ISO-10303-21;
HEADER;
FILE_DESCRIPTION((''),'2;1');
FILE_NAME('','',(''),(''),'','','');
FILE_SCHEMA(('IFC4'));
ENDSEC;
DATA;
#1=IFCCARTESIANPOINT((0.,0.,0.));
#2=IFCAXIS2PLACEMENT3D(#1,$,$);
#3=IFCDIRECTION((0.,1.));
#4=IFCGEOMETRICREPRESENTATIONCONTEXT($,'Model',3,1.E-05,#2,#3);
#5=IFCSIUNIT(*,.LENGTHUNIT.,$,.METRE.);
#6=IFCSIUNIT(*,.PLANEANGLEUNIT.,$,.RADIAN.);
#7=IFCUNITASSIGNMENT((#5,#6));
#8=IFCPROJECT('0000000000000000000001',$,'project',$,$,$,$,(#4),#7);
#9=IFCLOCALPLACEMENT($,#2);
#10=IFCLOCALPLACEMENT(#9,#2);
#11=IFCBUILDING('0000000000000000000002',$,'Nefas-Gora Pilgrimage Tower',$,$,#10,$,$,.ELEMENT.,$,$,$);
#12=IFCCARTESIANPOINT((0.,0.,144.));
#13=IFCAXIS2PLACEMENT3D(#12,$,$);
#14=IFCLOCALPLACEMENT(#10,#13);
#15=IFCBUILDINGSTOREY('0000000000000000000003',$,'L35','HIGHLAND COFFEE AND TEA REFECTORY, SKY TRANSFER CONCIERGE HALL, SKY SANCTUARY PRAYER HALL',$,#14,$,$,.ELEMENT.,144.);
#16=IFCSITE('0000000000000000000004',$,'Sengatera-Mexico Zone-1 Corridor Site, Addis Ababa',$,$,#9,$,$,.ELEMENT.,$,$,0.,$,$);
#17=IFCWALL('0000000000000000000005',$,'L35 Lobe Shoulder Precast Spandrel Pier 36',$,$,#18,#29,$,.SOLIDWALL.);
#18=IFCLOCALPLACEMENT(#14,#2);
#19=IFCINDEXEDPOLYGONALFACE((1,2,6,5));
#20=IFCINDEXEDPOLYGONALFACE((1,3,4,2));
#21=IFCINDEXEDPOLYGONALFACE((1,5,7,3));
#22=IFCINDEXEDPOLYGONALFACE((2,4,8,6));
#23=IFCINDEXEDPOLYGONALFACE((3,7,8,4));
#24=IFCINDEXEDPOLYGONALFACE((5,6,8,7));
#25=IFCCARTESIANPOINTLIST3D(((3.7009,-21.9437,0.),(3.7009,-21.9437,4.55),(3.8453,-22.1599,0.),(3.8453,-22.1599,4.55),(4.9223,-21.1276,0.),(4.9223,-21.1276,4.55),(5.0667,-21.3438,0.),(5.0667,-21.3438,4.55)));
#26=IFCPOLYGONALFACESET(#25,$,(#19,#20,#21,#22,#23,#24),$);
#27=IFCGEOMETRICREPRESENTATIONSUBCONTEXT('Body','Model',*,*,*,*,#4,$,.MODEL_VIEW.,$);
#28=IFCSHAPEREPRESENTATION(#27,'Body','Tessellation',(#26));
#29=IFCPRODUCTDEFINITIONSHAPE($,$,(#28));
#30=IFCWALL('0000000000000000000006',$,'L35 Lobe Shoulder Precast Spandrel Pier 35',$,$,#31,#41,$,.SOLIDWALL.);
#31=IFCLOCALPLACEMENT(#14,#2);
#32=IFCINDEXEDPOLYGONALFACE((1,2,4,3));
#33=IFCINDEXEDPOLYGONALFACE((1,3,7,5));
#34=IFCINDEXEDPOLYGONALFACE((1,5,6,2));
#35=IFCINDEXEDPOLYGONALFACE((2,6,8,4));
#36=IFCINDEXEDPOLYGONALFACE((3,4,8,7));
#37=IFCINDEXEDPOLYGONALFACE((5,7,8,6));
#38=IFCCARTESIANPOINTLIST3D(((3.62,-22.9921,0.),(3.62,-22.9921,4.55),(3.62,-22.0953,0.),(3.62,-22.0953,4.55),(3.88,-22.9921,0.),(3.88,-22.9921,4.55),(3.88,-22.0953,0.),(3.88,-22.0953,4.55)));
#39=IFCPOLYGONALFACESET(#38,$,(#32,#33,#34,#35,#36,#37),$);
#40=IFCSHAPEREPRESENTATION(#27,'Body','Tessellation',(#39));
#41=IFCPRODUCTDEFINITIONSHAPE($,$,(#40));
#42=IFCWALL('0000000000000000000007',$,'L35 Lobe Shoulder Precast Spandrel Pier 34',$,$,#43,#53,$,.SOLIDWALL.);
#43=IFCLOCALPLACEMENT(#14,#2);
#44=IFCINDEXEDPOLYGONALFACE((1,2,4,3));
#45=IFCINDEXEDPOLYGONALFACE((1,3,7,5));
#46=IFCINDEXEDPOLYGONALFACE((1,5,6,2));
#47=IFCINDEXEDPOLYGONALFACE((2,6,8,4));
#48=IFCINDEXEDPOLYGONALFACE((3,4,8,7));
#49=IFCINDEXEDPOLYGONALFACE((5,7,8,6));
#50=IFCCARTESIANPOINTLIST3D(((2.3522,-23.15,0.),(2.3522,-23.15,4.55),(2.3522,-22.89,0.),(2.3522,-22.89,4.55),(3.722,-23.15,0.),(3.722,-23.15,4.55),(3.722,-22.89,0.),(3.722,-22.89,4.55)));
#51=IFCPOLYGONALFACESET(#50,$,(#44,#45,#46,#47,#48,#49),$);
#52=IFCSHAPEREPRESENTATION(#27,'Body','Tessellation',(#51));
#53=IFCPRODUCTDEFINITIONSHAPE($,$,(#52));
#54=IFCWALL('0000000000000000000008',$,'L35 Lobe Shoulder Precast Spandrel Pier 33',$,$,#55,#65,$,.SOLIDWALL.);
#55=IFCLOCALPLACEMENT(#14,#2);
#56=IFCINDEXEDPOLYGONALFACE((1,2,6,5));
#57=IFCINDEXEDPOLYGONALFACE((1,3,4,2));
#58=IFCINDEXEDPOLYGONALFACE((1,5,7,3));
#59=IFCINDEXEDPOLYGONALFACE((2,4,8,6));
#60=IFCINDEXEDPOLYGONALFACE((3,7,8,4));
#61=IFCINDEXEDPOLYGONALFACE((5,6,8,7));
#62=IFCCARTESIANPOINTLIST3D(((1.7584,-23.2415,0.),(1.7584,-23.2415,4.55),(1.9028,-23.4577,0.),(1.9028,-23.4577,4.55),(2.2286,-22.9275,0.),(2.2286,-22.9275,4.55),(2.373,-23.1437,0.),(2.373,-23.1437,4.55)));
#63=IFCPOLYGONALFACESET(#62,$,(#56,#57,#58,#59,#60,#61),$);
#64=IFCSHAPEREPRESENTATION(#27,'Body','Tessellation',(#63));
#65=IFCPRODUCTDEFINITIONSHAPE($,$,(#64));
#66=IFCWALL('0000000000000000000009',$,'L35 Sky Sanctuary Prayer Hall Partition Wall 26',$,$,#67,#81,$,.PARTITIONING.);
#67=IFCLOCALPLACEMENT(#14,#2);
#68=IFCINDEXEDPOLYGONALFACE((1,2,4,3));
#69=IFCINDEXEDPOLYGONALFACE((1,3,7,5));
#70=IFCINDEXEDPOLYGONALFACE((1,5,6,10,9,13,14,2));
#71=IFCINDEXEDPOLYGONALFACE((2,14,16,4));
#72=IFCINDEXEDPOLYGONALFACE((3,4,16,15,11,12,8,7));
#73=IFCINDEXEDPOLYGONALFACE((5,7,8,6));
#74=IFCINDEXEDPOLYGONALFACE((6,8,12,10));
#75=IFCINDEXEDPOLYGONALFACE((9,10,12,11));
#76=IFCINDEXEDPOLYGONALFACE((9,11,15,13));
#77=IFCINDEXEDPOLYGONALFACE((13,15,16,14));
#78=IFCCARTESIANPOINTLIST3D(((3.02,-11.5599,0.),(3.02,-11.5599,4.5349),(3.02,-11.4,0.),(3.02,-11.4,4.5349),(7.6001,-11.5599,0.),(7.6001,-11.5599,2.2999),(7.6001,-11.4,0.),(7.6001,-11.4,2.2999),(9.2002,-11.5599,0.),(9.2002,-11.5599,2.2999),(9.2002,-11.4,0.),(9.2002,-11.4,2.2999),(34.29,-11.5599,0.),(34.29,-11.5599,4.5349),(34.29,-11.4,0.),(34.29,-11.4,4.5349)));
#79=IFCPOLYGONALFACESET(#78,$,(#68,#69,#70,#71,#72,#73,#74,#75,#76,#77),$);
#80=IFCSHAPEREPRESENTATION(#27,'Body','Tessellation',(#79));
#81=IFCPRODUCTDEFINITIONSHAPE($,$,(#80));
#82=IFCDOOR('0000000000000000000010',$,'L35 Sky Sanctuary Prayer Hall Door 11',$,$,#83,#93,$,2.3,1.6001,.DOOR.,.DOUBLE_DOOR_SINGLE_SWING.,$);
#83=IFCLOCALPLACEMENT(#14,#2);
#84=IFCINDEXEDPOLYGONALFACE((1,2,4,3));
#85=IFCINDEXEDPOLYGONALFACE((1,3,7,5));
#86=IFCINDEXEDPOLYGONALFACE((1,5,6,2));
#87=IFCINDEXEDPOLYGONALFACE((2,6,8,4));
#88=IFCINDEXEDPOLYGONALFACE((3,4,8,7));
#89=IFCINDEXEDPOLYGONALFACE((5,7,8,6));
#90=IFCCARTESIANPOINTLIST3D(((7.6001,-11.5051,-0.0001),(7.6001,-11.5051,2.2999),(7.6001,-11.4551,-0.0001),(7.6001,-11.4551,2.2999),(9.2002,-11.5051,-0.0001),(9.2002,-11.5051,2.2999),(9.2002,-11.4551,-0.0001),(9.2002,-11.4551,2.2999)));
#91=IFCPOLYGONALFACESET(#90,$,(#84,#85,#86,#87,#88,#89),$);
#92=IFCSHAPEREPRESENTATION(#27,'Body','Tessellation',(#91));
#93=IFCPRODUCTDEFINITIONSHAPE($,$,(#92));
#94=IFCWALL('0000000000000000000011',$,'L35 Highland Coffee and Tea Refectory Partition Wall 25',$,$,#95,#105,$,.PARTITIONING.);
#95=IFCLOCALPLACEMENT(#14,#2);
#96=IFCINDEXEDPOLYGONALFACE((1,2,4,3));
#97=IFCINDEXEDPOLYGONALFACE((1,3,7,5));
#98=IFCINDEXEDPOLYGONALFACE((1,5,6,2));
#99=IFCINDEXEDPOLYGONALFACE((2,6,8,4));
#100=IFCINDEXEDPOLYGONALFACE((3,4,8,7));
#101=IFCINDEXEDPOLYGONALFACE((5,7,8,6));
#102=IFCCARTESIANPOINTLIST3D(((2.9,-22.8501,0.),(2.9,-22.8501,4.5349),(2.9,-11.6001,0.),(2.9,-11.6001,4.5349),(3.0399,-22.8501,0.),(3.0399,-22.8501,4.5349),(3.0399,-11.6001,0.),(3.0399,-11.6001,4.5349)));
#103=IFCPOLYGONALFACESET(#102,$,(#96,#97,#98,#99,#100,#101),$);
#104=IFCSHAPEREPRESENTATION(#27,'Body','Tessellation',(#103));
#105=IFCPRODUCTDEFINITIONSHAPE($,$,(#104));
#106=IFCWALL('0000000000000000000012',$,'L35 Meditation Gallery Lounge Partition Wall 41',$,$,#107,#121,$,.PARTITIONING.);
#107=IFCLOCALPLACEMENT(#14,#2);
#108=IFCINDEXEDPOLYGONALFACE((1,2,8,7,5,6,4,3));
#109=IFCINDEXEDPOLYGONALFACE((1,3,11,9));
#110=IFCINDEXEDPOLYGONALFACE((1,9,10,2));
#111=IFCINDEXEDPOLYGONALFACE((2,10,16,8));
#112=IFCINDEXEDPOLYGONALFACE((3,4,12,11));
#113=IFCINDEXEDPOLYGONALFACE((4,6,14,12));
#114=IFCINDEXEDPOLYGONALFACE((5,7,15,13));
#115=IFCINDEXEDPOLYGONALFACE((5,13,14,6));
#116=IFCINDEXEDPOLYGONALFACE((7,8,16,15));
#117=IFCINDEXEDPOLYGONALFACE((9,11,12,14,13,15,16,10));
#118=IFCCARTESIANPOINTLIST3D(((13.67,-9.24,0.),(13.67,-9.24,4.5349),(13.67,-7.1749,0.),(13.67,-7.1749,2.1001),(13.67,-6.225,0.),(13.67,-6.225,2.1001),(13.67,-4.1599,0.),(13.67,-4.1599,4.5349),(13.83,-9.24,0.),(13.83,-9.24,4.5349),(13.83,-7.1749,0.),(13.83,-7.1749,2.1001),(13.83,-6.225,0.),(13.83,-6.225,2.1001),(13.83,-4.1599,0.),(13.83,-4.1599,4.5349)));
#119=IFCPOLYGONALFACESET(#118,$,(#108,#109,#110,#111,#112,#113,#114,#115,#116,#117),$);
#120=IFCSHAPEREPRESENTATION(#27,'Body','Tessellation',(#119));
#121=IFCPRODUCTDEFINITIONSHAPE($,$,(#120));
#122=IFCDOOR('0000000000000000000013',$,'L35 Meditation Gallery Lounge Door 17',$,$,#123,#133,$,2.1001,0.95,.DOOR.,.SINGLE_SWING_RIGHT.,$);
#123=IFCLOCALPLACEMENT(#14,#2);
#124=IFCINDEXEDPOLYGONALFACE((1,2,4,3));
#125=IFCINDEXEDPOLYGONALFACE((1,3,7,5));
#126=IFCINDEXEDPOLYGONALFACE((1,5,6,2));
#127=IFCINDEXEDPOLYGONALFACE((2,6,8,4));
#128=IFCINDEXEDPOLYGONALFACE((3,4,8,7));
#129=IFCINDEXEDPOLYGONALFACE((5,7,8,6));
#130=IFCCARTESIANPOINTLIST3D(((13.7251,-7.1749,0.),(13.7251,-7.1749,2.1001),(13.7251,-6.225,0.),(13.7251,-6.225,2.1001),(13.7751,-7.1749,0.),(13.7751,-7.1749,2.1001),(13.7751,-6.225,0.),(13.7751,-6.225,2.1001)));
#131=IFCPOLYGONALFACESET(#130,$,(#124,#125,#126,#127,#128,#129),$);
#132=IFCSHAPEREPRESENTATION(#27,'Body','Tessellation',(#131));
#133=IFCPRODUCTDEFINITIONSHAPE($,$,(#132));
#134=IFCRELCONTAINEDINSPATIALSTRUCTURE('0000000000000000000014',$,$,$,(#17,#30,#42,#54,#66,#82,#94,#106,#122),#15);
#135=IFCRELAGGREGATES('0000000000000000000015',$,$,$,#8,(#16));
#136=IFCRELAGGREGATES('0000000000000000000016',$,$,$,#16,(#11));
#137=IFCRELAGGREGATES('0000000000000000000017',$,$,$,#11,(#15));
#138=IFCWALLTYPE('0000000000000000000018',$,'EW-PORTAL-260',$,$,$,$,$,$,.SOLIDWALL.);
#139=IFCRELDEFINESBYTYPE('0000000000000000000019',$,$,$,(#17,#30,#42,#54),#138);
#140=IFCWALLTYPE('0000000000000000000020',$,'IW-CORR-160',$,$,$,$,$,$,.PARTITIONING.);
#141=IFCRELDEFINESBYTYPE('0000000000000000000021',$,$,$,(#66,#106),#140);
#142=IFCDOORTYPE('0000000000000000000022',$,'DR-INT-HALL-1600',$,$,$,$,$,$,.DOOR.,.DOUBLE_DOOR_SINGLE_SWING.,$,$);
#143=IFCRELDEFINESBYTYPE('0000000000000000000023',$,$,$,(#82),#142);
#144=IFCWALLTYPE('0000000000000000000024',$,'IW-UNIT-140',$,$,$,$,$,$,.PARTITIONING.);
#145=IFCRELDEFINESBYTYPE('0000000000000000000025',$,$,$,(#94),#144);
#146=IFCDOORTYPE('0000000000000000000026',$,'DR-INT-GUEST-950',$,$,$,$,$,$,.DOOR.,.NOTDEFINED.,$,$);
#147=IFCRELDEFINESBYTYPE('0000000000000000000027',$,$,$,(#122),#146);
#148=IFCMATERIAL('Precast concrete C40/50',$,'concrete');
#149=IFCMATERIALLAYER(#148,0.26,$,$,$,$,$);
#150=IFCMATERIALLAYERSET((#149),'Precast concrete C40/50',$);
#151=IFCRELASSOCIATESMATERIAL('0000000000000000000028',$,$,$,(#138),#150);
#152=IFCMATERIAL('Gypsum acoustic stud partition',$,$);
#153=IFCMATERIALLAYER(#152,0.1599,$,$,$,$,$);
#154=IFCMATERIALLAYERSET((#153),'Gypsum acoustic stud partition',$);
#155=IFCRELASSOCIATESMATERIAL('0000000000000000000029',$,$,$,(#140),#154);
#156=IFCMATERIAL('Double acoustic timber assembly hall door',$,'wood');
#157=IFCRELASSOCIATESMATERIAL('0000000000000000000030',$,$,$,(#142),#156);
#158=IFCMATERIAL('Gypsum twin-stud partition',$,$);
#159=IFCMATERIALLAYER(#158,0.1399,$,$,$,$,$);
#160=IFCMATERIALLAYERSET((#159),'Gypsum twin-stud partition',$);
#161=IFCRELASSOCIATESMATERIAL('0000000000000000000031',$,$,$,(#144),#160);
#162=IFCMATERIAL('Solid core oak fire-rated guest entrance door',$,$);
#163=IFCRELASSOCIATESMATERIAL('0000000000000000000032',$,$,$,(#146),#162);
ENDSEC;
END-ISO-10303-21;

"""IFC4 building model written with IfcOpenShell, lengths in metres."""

from ifc_helpers import new_model, si_unit, direction, frame, frame_2d, origin, place, context, subcontext, project, spatial, rectangle, extrude, source, transform, mapped, material, layer, layer_set, type_object, element, fill, save


model = new_model("IFC4")

# Units and contexts
model_context = context("Model", 3, precision=1e-05, world=origin(), true_north=direction((0.0, 1.0)))
body_context = subcontext(model_context, "Body", "Model", "MODEL_VIEW")
ifc_project = project(units=[si_unit("LENGTHUNIT", "METRE"), si_unit("PLANEANGLEUNIT", "RADIAN")], contexts=[model_context])

# Site, building, storey
site_placement = place(None, origin())
site = spatial("IfcSite", under=ifc_project, at=site_placement, Name="Sengatera-Mexico Zone-1 Corridor Site, Addis Ababa", CompositionType="ELEMENT", RefElevation=0.0)
building_placement = place(site_placement, origin())
building = spatial("IfcBuilding", under=site, at=building_placement, Name="Nefas-Gora Pilgrimage Tower", CompositionType="ELEMENT")
storey_placement = place(building_placement, frame((0.0, 0.0, 144.0)))
storey = spatial("IfcBuildingStorey", under=building, at=storey_placement, Name="L35", Description="HIGHLAND COFFEE AND TEA REFECTORY, SKY TRANSFER CONCIERGE HALL, SKY SANCTUARY PRAYER HALL", CompositionType="ELEMENT", Elevation=144.0)

# Walls
ifc_material_1 = material(Name="Precast concrete C40/50", Category="concrete")
ifc_layer_1 = layer(ifc_material_1, 0.26)
ifc_layer_set_1 = layer_set([ifc_layer_1], Name="Precast concrete C40/50")
wall_type_1 = type_object("IfcWallType", Name="EW-PORTAL-260", PredefinedType="SOLIDWALL", material=ifc_layer_set_1)
shared_shape_1 = source(origin(), body_context, "Body", "SweptSolid", [
    extrude(rectangle(XDim=1.469, YDim=0.26, at=frame_2d((0.7344, 0.0))), origin(), (0.0, 0.0, 1.0), 4.55),
])
wall_1_placement = place(storey_placement, frame((3.7732, -22.0518, 0.0), z_axis=(0.0, 0.0, 1.0), x_axis=(0.831462, 0.555582, 0.0)))
element("IfcWall", 1, at=wall_1_placement, inside=storey, type_object=wall_type_1, Name="L35 Lobe Shoulder Precast Spandrel Pier 36", PredefinedType="SOLIDWALL", context=body_context, shape_type="MappedRepresentation", body=[
    mapped(shared_shape_1, transform((0.0, 0.0, 0.0), x_axis=(1.0, 0.0, 0.0), y_axis=(0.0, 1.0, 0.0), z_axis=(0.0, 0.0, 1.0), scale=1.0)),
])
shared_shape_2 = source(origin(), body_context, "Body", "SweptSolid", [
    extrude(rectangle(XDim=0.8967, YDim=0.26, at=frame_2d((0.4482, 0.0))), origin(), (0.0, 0.0, 1.0), 4.55),
])
wall_2_placement = place(storey_placement, frame((3.75, -22.9919, 0.0), z_axis=(0.0, 0.0, 1.0), x_axis=(0.0, 1.0, 0.0)))
element("IfcWall", 2, at=wall_2_placement, inside=storey, type_object=wall_type_1, Name="L35 Lobe Shoulder Precast Spandrel Pier 35", PredefinedType="SOLIDWALL", context=body_context, shape_type="MappedRepresentation", body=[
    mapped(shared_shape_2, transform((0.0, 0.0, 0.0), x_axis=(1.0, 0.0, 0.0), y_axis=(0.0, 1.0, 0.0), z_axis=(0.0, 0.0, 1.0), scale=1.0)),
])
shared_shape_3 = source(origin(), body_context, "Body", "SweptSolid", [
    extrude(rectangle(XDim=1.3699, YDim=0.26, at=frame_2d((0.6851, 0.0))), origin(), (0.0, 0.0, 1.0), 4.55),
])
wall_3_placement = place(storey_placement, frame((2.3521, -23.02, 0.0), z_axis=(0.0, 0.0, 1.0), x_axis=(1.0, 0.0, 0.0)))
element("IfcWall", 3, at=wall_3_placement, inside=storey, type_object=wall_type_1, Name="L35 Lobe Shoulder Precast Spandrel Pier 34", PredefinedType="SOLIDWALL", context=body_context, shape_type="MappedRepresentation", body=[
    mapped(shared_shape_3, transform((0.0, 0.0, 0.0), x_axis=(1.0, 0.0, 0.0), y_axis=(0.0, 1.0, 0.0), z_axis=(0.0, 0.0, 1.0), scale=1.0)),
])
shared_shape_4 = source(origin(), body_context, "Body", "SweptSolid", [
    extrude(rectangle(XDim=0.5654, YDim=0.26, at=frame_2d((0.2827, 0.0))), origin(), (0.0, 0.0, 1.0), 4.55),
])
wall_4_placement = place(storey_placement, frame((1.8306, -23.3496, 0.0), z_axis=(0.0, 0.0, 1.0), x_axis=(0.831651, 0.555298, 0.0)))
element("IfcWall", 4, at=wall_4_placement, inside=storey, type_object=wall_type_1, Name="L35 Lobe Shoulder Precast Spandrel Pier 33", PredefinedType="SOLIDWALL", context=body_context, shape_type="MappedRepresentation", body=[
    mapped(shared_shape_4, transform((0.0, 0.0, 0.0), x_axis=(1.0, 0.0, 0.0), y_axis=(0.0, 1.0, 0.0), z_axis=(0.0, 0.0, 1.0), scale=1.0)),
])

# Wall, opening, door
ifc_material_2 = material(Name="Gypsum acoustic stud partition")
ifc_layer_2 = layer(ifc_material_2, 0.1599)
ifc_layer_set_2 = layer_set([ifc_layer_2], Name="Gypsum acoustic stud partition")
wall_type_2 = type_object("IfcWallType", Name="IW-CORR-160", PredefinedType="PARTITIONING", material=ifc_layer_set_2)
shared_shape_5 = source(origin(), body_context, "Body", "SweptSolid", [
    extrude(rectangle(XDim=31.27, YDim=0.1599, at=frame_2d((15.635, 0.0))), origin(), (0.0, 0.0, 1.0), 4.5349),
])
wall_5_placement = place(storey_placement, frame((3.02, -11.48, 0.0), z_axis=(0.0, 0.0, 1.0), x_axis=(1.0, 0.0, 0.0)))
wall_5 = element("IfcWall", 5, at=wall_5_placement, inside=storey, type_object=wall_type_2, Name="L35 Sky Sanctuary Prayer Hall Partition Wall 26", PredefinedType="PARTITIONING", context=body_context, shape_type="MappedRepresentation", body=[
    mapped(shared_shape_5, transform((0.0, 0.0, 0.0), x_axis=(1.0, 0.0, 0.0), y_axis=(0.0, 1.0, 0.0), z_axis=(0.0, 0.0, 1.0), scale=1.0)),
])
opening_1_placement = place(wall_5_placement, frame((4.5801, 0.0, 0.0)))
opening_1 = element("IfcOpeningElement", 6, at=opening_1_placement, cuts=wall_5, PredefinedType="OPENING", context=body_context, shape_type="SweptSolid", body=[
    extrude(rectangle(XDim=1.6001, YDim=2.3, at=frame_2d((0.8, 1.1499))), frame((0.0, 0.0898, 0.0), z_axis=(0.0, -1.0, 0.0), x_axis=(1.0, 0.0, 0.0)), (0.0, 0.0, 1.0), 0.1799),
])
ifc_material_3 = material(Name="Double acoustic timber assembly hall door", Category="wood")
door_type_1 = type_object("IfcDoorType", Name="DR-INT-HALL-1600", OperationType="DOUBLE_DOOR_SINGLE_SWING", PredefinedType="DOOR", material=ifc_material_3)
shared_shape_6 = source(origin(), body_context, "Body", "SweptSolid", [
    extrude(rectangle(XDim=1.6001, YDim=2.3, at=frame_2d((0.8, 1.1499))), frame((0.0, 0.0249, 0.0), z_axis=(0.0, -1.0, 0.0), x_axis=(1.0, 0.0, 0.0)), (0.0, 0.0, 1.0), 0.05),
])
door_1_placement = place(opening_1_placement, origin())
door_1 = element("IfcDoor", 7, at=door_1_placement, inside=storey, type_object=door_type_1, Name="L35 Sky Sanctuary Prayer Hall Door 11", OperationType="DOUBLE_DOOR_SINGLE_SWING", OverallHeight=2.3, OverallWidth=1.6001, PredefinedType="DOOR", context=body_context, shape_type="MappedRepresentation", body=[
    mapped(shared_shape_6, transform((0.0, 0.0, 0.0), x_axis=(1.0, 0.0, 0.0), y_axis=(0.0, 1.0, 0.0), z_axis=(0.0, 0.0, 1.0), scale=1.0)),
])
fill(opening_1, door_1)

# Wall
ifc_material_4 = material(Name="Gypsum twin-stud partition")
ifc_layer_3 = layer(ifc_material_4, 0.1399)
ifc_layer_set_3 = layer_set([ifc_layer_3], Name="Gypsum twin-stud partition")
wall_type_3 = type_object("IfcWallType", Name="IW-UNIT-140", PredefinedType="PARTITIONING", material=ifc_layer_set_3)
shared_shape_7 = source(origin(), body_context, "Body", "SweptSolid", [
    extrude(rectangle(XDim=11.25, YDim=0.1399, at=frame_2d((5.625, 0.0))), origin(), (0.0, 0.0, 1.0), 4.5349),
])
wall_6_placement = place(storey_placement, frame((2.97, -22.8501, 0.0), z_axis=(0.0, 0.0, 1.0), x_axis=(0.0, 1.0, 0.0)))
element("IfcWall", 8, at=wall_6_placement, inside=storey, type_object=wall_type_3, Name="L35 Highland Coffee and Tea Refectory Partition Wall 25", PredefinedType="PARTITIONING", context=body_context, shape_type="MappedRepresentation", body=[
    mapped(shared_shape_7, transform((0.0, 0.0, 0.0), x_axis=(1.0, 0.0, 0.0), y_axis=(0.0, 1.0, 0.0), z_axis=(0.0, 0.0, 1.0), scale=1.0)),
])

# Wall, opening, door
shared_shape_8 = source(origin(), body_context, "Body", "SweptSolid", [
    extrude(rectangle(XDim=5.0801, YDim=0.1599, at=frame_2d((2.54, 0.0))), origin(), (0.0, 0.0, 1.0), 4.5349),
])
wall_7_placement = place(storey_placement, frame((13.75, -9.24, 0.0), z_axis=(0.0, 0.0, 1.0), x_axis=(0.0, 1.0, 0.0)))
wall_7 = element("IfcWall", 9, at=wall_7_placement, inside=storey, type_object=wall_type_2, Name="L35 Meditation Gallery Lounge Partition Wall 41", PredefinedType="PARTITIONING", context=body_context, shape_type="MappedRepresentation", body=[
    mapped(shared_shape_8, transform((0.0, 0.0, 0.0), x_axis=(1.0, 0.0, 0.0), y_axis=(0.0, 1.0, 0.0), z_axis=(0.0, 0.0, 1.0), scale=1.0)),
])
opening_2_placement = place(wall_7_placement, frame((2.0649, 0.0, 0.0)))
opening_2 = element("IfcOpeningElement", 10, at=opening_2_placement, cuts=wall_7, PredefinedType="OPENING", context=body_context, shape_type="SweptSolid", body=[
    extrude(rectangle(XDim=0.95, YDim=2.1001, at=frame_2d((0.4751, 1.05))), frame((0.0, 0.0898, 0.0), z_axis=(0.0, -1.0, 0.0), x_axis=(1.0, 0.0, 0.0)), (0.0, 0.0, 1.0), 0.1799),
])
ifc_material_5 = material(Name="Solid core oak fire-rated guest entrance door")
door_type_2 = type_object("IfcDoorType", Name="DR-INT-GUEST-950", OperationType="NOTDEFINED", PredefinedType="DOOR", material=ifc_material_5)
shared_shape_9 = source(origin(), body_context, "Body", "SweptSolid", [
    extrude(rectangle(XDim=0.95, YDim=2.1001, at=frame_2d((0.4751, 1.05))), frame((0.0, 0.0249, 0.0), z_axis=(0.0, -1.0, 0.0), x_axis=(1.0, 0.0, 0.0)), (0.0, 0.0, 1.0), 0.05),
])
door_2_placement = place(opening_2_placement, origin())
door_2 = element("IfcDoor", 11, at=door_2_placement, inside=storey, type_object=door_type_2, Name="L35 Meditation Gallery Lounge Door 17", OperationType="SINGLE_SWING_RIGHT", OverallHeight=2.1001, OverallWidth=0.95, PredefinedType="DOOR", context=body_context, shape_type="MappedRepresentation", body=[
    mapped(shared_shape_9, transform((0.0, 0.0, 0.0), x_axis=(1.0, 0.0, 0.0), y_axis=(0.0, 1.0, 0.0), z_axis=(0.0, 0.0, 1.0), scale=1.0)),
])
fill(opening_2, door_2)

save(model, "model.ifc")
